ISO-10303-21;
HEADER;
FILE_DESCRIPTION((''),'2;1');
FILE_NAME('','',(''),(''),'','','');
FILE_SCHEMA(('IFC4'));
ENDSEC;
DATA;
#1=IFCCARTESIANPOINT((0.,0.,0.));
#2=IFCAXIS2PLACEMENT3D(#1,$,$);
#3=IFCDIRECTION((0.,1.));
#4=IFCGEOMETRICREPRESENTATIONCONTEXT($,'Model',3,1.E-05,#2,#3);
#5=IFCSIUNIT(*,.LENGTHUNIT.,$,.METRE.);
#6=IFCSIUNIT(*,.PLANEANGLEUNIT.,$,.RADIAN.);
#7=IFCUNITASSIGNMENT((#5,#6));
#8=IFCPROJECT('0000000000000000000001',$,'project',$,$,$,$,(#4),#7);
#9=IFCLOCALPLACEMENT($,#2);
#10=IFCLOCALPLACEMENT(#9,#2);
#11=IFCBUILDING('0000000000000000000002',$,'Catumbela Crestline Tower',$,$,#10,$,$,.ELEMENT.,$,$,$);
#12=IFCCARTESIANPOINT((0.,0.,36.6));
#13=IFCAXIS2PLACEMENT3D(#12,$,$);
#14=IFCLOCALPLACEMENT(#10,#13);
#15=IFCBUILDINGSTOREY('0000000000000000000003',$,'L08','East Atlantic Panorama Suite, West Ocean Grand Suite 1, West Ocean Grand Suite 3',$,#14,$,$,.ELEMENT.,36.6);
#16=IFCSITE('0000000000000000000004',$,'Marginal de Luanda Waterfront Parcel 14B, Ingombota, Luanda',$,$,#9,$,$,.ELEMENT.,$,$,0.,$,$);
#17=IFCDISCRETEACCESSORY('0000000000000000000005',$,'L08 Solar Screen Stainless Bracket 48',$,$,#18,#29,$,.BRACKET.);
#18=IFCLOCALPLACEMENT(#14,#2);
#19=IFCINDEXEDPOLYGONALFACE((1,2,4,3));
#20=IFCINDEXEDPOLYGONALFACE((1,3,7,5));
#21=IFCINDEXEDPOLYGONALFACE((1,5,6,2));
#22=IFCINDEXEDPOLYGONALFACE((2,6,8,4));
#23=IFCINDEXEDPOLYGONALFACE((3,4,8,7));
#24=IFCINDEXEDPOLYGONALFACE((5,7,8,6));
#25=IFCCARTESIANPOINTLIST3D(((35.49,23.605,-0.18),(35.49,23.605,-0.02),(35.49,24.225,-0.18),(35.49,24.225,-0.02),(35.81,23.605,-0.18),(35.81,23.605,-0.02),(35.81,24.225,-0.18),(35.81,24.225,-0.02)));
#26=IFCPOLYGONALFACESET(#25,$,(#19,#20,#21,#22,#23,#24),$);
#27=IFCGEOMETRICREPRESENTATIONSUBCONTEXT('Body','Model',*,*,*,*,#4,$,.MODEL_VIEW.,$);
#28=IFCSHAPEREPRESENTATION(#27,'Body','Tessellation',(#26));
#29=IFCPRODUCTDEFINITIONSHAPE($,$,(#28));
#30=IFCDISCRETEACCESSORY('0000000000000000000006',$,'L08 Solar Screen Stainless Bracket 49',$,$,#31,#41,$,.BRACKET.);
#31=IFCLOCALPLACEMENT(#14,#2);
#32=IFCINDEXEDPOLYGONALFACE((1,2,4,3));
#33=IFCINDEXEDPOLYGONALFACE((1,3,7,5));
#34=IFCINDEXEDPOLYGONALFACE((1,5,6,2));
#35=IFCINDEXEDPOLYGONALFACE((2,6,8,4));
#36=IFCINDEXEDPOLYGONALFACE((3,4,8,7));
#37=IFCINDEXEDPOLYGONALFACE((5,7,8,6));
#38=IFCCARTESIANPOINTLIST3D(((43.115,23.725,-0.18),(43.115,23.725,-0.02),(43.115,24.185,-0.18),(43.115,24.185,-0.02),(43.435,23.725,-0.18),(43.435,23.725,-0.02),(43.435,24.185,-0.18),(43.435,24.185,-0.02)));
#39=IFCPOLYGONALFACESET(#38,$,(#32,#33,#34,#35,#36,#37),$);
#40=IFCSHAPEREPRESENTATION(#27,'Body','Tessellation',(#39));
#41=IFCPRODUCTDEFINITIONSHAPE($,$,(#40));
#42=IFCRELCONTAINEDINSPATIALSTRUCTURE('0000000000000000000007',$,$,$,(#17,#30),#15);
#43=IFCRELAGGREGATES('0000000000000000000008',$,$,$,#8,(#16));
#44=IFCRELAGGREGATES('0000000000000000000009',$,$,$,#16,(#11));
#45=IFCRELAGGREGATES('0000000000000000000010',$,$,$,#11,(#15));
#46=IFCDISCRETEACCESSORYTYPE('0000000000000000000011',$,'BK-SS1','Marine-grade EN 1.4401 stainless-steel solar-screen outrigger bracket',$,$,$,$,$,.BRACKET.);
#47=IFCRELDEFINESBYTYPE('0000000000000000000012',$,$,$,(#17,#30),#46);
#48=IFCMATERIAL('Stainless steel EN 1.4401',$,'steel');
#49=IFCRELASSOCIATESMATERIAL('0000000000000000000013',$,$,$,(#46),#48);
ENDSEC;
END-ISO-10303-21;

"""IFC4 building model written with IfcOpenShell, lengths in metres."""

from ifc_helpers import new_model, si_unit, direction, frame, origin, origin_2d, place, context, subcontext, project, spatial, rectangle, extrude, material, type_object, element, save


model = new_model("IFC4")

# Units and contexts
model_context = context("Model", 3, precision=1e-05, world=origin(), true_north=direction((0.0, 1.0)))
body_context = subcontext(model_context, "Body", "Model", "MODEL_VIEW")
ifc_project = project(units=[si_unit("LENGTHUNIT", "METRE"), si_unit("PLANEANGLEUNIT", "RADIAN")], contexts=[model_context])

# Site, building, storey
site_placement = place(None, origin())
site = spatial("IfcSite", under=ifc_project, at=site_placement, Name="Marginal de Luanda Waterfront Parcel 14B, Ingombota, Luanda", CompositionType="ELEMENT", RefElevation=0.0)
building_placement = place(site_placement, origin())
building = spatial("IfcBuilding", under=site, at=building_placement, Name="Catumbela Crestline Tower", CompositionType="ELEMENT")
storey_placement = place(building_placement, frame((0.0, 0.0, 36.6)))
storey = spatial("IfcBuildingStorey", under=building, at=storey_placement, Name="L08", Description="East Atlantic Panorama Suite, West Ocean Grand Suite 1, West Ocean Grand Suite 3", CompositionType="ELEMENT", Elevation=36.6)

# Discrete accessories
ifc_material_1 = material(Name="Stainless steel EN 1.4401", Category="steel")
discrete_accessory_type = type_object("IfcDiscreteAccessoryType", Name="BK-SS1", Description="Marine-grade EN 1.4401 stainless-steel solar-screen outrigger bracket", PredefinedType="BRACKET", material=ifc_material_1)
discrete_accessory_1_placement = place(storey_placement, frame((35.65, 23.915, -0.18), z_axis=(0.0, 0.0, 1.0), x_axis=(1.0, 0.0, 0.0)))
element("IfcDiscreteAccessory", 1, at=discrete_accessory_1_placement, inside=storey, type_object=discrete_accessory_type, Name="L08 Solar Screen Stainless Bracket 48", PredefinedType="BRACKET", context=body_context, shape_type="SweptSolid", body=[
    extrude(rectangle(XDim=0.32, YDim=0.62, at=origin_2d()), origin(), (0.0, 0.0, 1.0), 0.16),
])
discrete_accessory_2_placement = place(storey_placement, frame((43.275, 23.955, -0.18), z_axis=(0.0, 0.0, 1.0), x_axis=(1.0, 0.0, 0.0)))
element("IfcDiscreteAccessory", 2, at=discrete_accessory_2_placement, inside=storey, type_object=discrete_accessory_type, Name="L08 Solar Screen Stainless Bracket 49", PredefinedType="BRACKET", context=body_context, shape_type="SweptSolid", body=[
    extrude(rectangle(XDim=0.32, YDim=0.46, at=origin_2d()), origin(), (0.0, 0.0, 1.0), 0.16),
])

save(model, "model.ifc")
